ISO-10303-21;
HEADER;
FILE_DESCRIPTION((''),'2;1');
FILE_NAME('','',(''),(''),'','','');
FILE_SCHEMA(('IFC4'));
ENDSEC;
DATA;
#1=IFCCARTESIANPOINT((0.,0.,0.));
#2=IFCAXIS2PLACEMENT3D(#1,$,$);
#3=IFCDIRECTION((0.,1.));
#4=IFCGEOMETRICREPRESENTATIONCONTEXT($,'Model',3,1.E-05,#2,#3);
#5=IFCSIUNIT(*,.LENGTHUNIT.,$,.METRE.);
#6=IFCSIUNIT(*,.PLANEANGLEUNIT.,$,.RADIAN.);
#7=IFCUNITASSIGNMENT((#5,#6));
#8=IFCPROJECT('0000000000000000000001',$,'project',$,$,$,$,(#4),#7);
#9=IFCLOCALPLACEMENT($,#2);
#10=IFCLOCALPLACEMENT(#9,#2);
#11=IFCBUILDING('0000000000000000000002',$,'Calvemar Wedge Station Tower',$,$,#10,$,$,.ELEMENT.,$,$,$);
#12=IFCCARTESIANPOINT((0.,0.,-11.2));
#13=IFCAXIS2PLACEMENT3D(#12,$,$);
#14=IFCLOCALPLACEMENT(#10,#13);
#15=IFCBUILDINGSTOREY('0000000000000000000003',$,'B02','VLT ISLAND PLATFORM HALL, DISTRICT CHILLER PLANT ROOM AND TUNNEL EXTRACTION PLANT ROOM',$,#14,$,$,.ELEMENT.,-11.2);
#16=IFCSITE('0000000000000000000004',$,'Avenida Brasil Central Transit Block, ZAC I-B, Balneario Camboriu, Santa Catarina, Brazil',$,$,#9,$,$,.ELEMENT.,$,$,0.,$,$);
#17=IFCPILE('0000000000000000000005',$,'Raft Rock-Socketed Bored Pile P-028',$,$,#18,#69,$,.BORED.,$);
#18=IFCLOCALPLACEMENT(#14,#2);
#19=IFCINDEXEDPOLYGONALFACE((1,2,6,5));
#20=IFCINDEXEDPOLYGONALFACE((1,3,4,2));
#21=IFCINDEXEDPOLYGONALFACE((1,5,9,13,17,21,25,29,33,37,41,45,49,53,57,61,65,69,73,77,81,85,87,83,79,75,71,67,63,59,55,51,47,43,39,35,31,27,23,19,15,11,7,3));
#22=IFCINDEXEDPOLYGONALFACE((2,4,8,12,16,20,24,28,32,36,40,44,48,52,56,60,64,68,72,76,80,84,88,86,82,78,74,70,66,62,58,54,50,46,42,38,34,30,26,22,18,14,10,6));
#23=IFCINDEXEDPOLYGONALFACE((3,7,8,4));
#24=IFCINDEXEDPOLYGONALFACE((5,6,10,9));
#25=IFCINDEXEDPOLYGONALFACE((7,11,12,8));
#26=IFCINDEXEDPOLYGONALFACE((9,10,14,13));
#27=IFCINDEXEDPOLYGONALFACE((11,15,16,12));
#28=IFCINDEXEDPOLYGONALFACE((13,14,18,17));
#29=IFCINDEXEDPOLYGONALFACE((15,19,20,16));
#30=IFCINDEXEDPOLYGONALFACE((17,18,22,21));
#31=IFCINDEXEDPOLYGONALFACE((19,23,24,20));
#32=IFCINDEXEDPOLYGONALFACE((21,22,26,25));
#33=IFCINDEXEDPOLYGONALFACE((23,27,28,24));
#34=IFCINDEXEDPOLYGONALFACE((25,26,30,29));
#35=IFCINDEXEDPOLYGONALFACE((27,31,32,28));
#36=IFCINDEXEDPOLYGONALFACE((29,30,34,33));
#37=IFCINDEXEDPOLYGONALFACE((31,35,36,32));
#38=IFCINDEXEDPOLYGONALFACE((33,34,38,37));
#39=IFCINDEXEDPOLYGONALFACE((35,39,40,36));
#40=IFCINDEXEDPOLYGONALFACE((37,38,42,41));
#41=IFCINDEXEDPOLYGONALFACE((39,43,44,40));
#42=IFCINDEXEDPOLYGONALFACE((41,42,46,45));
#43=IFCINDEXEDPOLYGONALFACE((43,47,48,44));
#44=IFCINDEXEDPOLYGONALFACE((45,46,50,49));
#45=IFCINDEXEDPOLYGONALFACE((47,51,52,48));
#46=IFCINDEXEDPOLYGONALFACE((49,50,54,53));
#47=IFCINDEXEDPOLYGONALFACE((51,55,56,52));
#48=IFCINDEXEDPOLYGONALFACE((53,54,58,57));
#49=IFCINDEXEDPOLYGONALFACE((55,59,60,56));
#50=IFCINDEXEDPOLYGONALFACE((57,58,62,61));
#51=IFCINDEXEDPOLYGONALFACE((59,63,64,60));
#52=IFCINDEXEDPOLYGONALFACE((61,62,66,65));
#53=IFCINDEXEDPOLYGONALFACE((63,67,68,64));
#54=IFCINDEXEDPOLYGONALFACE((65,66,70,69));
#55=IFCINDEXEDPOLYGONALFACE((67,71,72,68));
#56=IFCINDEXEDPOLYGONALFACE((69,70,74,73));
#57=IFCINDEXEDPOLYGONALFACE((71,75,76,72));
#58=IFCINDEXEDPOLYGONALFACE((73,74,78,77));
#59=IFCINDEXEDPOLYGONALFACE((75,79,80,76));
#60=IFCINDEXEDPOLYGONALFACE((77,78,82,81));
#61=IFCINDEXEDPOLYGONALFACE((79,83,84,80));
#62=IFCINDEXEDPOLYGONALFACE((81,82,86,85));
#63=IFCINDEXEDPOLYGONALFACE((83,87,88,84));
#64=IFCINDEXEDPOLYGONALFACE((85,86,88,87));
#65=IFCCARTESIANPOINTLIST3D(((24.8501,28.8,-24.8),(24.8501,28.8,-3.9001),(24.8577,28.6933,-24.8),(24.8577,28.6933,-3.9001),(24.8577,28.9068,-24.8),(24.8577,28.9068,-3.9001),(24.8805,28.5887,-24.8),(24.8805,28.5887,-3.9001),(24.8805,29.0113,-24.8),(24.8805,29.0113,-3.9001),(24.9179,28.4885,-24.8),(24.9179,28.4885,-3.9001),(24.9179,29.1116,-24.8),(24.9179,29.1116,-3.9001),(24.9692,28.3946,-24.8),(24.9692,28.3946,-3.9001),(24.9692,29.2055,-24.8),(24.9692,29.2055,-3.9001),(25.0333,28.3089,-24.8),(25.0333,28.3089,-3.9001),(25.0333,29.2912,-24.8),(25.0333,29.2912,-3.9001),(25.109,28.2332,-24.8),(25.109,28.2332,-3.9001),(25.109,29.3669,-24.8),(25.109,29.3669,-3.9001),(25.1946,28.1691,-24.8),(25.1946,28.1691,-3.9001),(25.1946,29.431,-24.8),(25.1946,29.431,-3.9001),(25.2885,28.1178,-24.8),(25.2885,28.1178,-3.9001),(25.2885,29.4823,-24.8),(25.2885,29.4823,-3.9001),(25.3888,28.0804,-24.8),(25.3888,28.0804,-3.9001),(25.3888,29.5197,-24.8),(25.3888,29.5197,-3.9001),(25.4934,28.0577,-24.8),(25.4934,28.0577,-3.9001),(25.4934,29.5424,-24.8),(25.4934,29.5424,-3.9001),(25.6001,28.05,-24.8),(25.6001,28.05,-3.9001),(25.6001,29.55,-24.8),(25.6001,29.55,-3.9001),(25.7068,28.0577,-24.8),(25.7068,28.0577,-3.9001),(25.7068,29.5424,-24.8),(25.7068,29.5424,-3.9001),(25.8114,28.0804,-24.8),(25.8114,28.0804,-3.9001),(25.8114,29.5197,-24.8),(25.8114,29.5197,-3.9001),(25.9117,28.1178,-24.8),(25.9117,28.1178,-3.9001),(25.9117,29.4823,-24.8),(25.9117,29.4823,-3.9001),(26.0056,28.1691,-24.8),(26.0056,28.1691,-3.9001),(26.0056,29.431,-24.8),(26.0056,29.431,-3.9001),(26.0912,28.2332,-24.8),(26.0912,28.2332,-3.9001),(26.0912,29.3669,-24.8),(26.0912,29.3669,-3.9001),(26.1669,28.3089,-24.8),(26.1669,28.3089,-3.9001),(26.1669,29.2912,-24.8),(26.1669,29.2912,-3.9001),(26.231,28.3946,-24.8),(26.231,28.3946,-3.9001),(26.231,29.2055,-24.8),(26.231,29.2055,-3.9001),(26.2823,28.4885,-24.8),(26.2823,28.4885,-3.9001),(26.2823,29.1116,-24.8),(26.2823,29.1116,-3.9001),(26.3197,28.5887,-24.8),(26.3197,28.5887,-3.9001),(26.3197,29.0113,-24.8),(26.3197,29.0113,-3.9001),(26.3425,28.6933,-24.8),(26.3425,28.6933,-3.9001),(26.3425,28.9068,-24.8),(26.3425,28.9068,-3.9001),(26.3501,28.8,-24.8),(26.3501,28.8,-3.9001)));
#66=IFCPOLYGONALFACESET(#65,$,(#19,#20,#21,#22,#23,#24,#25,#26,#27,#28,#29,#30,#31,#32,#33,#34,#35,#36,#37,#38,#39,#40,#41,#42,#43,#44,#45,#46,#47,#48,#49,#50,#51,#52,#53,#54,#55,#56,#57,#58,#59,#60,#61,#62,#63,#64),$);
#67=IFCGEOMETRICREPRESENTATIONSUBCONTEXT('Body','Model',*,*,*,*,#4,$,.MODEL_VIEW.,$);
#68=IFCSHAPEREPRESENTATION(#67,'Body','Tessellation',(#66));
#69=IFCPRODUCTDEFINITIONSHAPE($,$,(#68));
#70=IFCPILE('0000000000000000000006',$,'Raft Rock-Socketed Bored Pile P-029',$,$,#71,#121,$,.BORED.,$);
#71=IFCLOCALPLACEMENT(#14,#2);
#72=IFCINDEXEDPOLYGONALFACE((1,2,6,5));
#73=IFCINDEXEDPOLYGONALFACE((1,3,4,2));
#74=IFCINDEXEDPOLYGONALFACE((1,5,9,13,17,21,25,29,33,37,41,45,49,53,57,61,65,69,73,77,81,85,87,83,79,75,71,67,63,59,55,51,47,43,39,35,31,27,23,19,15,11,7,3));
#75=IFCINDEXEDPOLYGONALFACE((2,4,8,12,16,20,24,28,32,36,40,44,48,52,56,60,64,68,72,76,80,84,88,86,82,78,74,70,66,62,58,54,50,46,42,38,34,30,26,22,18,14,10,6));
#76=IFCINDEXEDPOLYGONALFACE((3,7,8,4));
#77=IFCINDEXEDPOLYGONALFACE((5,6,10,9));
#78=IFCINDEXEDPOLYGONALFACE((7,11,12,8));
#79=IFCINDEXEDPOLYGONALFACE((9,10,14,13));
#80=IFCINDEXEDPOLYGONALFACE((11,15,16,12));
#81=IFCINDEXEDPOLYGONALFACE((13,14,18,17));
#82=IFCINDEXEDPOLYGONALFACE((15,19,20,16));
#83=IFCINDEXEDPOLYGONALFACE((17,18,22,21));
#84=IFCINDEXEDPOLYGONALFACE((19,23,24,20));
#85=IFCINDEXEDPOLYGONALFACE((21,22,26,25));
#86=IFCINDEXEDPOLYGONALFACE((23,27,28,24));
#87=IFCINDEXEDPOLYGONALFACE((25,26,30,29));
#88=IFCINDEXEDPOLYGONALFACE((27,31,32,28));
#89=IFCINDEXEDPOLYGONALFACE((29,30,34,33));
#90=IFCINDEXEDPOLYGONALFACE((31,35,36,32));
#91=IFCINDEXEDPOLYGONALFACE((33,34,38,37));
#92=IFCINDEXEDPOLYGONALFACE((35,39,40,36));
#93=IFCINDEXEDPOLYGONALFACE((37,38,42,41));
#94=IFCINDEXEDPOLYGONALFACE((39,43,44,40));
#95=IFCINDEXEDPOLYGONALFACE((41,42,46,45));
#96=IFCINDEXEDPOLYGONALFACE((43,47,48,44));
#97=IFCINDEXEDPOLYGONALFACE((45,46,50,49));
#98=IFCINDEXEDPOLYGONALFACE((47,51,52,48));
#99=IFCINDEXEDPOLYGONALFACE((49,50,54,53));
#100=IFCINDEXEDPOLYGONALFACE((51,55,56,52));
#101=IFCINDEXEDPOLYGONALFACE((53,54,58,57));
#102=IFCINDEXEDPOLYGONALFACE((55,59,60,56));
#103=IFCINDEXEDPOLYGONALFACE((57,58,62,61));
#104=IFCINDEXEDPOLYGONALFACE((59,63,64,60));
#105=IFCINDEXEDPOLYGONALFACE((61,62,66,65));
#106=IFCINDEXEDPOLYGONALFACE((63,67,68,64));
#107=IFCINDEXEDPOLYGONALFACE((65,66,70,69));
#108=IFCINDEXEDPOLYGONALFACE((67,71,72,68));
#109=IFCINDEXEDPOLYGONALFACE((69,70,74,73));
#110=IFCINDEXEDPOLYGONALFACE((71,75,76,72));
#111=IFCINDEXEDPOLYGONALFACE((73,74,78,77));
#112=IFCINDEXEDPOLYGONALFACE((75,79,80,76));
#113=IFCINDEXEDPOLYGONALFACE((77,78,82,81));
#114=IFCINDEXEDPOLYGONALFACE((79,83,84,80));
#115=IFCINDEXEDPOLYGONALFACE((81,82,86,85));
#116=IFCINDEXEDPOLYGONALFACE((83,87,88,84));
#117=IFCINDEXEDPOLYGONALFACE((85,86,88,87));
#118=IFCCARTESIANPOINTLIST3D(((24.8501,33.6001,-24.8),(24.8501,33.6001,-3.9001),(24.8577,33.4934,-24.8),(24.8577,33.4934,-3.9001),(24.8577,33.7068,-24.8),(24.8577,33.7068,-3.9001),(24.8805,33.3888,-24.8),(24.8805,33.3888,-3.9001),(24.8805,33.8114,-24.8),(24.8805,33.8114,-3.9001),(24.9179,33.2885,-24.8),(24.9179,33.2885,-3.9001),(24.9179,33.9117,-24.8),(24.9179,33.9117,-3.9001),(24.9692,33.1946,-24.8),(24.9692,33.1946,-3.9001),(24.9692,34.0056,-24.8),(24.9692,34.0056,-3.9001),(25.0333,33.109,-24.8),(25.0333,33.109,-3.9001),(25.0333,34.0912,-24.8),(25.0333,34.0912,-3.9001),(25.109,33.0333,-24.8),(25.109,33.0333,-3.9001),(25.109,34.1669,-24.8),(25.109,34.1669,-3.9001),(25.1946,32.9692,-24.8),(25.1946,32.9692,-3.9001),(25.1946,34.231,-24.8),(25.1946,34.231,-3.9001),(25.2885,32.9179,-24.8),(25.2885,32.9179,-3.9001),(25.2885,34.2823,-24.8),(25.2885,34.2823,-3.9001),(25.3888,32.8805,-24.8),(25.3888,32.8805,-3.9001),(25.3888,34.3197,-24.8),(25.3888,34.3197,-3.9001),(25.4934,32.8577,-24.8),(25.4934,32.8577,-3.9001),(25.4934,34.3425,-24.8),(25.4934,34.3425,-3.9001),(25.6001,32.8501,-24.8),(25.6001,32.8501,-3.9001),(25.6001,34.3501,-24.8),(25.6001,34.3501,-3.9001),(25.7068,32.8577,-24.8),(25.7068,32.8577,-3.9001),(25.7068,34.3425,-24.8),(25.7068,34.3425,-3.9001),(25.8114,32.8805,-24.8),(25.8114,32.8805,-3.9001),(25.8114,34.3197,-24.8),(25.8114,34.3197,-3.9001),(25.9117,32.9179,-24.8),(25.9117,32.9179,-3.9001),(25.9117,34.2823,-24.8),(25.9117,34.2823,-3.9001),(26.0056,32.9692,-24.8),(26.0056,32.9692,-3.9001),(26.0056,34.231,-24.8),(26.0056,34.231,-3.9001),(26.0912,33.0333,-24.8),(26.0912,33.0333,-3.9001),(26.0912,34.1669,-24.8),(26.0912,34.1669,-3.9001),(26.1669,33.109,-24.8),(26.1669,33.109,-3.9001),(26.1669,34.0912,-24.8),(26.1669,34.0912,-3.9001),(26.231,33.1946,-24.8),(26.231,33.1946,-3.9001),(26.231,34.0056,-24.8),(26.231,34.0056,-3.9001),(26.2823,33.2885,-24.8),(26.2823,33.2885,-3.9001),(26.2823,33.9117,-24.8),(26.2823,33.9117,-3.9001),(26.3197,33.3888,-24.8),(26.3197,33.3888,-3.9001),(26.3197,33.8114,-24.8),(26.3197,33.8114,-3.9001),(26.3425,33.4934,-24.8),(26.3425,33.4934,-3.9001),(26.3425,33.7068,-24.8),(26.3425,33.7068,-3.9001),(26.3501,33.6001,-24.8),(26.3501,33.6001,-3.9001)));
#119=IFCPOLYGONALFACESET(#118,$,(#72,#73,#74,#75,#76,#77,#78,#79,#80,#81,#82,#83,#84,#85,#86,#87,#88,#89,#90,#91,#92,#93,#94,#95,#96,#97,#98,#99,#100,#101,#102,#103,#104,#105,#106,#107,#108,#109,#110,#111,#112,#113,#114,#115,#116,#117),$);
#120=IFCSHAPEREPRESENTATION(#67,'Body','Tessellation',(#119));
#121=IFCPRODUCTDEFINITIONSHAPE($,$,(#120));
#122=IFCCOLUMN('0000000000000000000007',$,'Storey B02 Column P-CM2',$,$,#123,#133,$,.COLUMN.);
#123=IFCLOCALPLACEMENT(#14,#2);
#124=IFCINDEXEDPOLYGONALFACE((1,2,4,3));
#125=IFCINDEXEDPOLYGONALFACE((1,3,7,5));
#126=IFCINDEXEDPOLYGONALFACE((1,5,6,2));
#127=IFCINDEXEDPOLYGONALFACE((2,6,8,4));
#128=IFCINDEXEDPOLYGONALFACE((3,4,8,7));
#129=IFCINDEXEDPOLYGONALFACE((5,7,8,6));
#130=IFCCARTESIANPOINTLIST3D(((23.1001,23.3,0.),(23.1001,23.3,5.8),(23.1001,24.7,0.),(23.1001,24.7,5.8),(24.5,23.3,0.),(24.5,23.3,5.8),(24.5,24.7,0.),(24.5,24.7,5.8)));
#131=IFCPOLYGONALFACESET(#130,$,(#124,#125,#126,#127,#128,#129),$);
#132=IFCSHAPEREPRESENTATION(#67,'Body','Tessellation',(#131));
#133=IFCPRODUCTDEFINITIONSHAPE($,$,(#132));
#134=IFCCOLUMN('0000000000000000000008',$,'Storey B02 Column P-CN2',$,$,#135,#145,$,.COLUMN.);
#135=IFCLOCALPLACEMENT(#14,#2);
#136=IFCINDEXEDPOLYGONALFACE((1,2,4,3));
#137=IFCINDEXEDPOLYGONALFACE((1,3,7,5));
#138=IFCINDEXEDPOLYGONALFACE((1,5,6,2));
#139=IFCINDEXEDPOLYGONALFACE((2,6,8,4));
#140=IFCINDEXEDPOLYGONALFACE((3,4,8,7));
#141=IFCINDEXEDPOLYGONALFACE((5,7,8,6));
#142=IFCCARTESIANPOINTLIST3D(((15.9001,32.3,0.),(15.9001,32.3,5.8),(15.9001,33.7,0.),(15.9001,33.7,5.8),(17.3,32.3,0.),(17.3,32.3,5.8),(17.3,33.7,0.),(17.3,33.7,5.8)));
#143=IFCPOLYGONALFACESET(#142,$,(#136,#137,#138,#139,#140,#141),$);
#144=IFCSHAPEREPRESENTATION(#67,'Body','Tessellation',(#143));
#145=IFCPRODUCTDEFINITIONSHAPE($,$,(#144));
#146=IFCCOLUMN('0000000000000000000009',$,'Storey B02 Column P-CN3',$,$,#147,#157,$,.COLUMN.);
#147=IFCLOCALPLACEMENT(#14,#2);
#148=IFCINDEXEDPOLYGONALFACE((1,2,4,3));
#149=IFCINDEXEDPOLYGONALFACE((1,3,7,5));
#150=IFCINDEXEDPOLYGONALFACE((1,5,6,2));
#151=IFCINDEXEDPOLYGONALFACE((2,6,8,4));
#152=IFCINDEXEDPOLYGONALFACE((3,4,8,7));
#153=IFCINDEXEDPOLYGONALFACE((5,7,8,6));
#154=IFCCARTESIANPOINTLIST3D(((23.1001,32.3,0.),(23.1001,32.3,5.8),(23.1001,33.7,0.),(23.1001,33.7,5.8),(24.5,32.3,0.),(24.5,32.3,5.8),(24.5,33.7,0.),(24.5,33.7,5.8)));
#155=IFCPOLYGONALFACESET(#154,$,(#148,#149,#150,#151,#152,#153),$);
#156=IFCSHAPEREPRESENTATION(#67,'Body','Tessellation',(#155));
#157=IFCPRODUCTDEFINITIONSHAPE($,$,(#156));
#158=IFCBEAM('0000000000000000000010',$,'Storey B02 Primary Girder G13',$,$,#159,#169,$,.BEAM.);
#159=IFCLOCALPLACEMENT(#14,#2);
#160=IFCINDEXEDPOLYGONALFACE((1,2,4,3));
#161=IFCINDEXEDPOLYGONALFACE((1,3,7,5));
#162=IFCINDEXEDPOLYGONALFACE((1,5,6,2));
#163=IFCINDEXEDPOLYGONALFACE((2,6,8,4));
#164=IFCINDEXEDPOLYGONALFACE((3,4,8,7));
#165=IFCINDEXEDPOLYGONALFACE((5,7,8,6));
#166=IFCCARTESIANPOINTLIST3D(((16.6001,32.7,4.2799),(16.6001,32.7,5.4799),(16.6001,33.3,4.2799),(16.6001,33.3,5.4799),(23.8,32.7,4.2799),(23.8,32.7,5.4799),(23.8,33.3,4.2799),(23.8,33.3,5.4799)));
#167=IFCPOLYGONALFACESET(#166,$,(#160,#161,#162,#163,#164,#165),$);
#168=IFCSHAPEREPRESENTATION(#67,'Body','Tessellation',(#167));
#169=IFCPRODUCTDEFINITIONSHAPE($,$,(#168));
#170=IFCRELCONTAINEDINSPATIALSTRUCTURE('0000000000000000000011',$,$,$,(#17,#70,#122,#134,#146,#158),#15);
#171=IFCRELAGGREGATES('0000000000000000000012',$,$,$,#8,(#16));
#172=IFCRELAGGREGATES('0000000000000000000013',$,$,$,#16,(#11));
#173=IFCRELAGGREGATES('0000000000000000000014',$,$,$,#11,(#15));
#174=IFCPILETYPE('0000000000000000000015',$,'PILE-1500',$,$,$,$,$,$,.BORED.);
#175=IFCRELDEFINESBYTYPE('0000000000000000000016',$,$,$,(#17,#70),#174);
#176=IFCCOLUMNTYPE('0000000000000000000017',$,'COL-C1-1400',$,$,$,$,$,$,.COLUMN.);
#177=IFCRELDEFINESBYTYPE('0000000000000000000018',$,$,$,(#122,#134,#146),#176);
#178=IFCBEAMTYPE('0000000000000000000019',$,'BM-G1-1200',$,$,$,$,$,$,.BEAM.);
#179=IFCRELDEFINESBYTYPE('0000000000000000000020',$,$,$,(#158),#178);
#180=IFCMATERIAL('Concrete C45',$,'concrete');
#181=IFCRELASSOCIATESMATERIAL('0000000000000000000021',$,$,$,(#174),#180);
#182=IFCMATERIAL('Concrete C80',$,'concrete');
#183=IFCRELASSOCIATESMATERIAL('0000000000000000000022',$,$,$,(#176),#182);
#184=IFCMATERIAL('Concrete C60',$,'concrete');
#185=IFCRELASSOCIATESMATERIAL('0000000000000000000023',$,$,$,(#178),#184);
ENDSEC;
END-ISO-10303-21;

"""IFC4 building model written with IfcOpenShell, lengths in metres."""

from ifc_helpers import new_model, si_unit, direction, frame, origin, origin_2d, place, context, subcontext, project, spatial, rectangle, circle, extrude, source, transform, mapped, material, material_profile, profile_set, type_object, element, save


model = new_model("IFC4")

# Units and contexts
model_context = context("Model", 3, precision=1e-05, world=origin(), true_north=direction((0.0, 1.0)))
body_context = subcontext(model_context, "Body", "Model", "MODEL_VIEW")
ifc_project = project(units=[si_unit("LENGTHUNIT", "METRE"), si_unit("PLANEANGLEUNIT", "RADIAN")], contexts=[model_context])

# Site, building, storey
site_placement = place(None, origin())
site = spatial("IfcSite", under=ifc_project, at=site_placement, Name="Avenida Brasil Central Transit Block, ZAC I-B, Balneario Camboriu, Santa Catarina, Brazil", CompositionType="ELEMENT", RefElevation=0.0)
building_placement = place(site_placement, origin())
building = spatial("IfcBuilding", under=site, at=building_placement, Name="Calvemar Wedge Station Tower", CompositionType="ELEMENT")
storey_placement = place(building_placement, frame((0.0, 0.0, -11.2)))
storey = spatial("IfcBuildingStorey", under=building, at=storey_placement, Name="B02", Description="VLT ISLAND PLATFORM HALL, DISTRICT CHILLER PLANT ROOM AND TUNNEL EXTRACTION PLANT ROOM", CompositionType="ELEMENT", Elevation=-11.2)

# Piles
ifc_material_1 = material(Name="Concrete C45", Category="concrete")
ifc_material_profile_1 = material_profile(ifc_material_1, circle(Radius=0.75, at=origin_2d()), Name="PILE-D1500")
ifc_profile_set_1 = profile_set([ifc_material_profile_1], Name="Concrete C45")
pile_type = type_object("IfcPileType", Name="PILE-1500", PredefinedType="BORED", material=ifc_profile_set_1)
for number, where, z_axis, x_axis, name in (
    (1, (25.6001, 28.8, -3.9001), (0.0, 0.0, -1.0), (1.0, 0.0, 0.0), "Raft Rock-Socketed Bored Pile P-028"),
    (2, (25.6001, 33.6001, -3.9001), (0.0, 0.0, -1.0), (1.0, 0.0, 0.0), "Raft Rock-Socketed Bored Pile P-029"),
):
    element("IfcPile", number, at=place(storey_placement, frame(where, z_axis=z_axis, x_axis=x_axis)), inside=storey, type_object=pile_type, Name=name, PredefinedType="BORED", context=body_context, shape_type="SweptSolid", body=[
        extrude(circle(Radius=0.75, at=origin_2d()), origin(), (0.0, 0.0, 1.0), 20.8999),
    ])

# Columns
ifc_material_2 = material(Name="Concrete C80", Category="concrete")
ifc_material_profile_2 = material_profile(ifc_material_2, rectangle(XDim=1.3999, YDim=1.3999, at=origin_2d()), Name="RC1400x1400")
ifc_profile_set_2 = profile_set([ifc_material_profile_2], Name="Concrete C80")
column_type = type_object("IfcColumnType", Name="COL-C1-1400", PredefinedType="COLUMN", material=ifc_profile_set_2)
shared_shape_1 = source(origin(), body_context, "Body", "SweptSolid", [
    extrude(rectangle(XDim=1.3999, YDim=1.3999, at=origin_2d()), origin(), (0.0, 0.0, 1.0), 5.8),
])
for number, where, z_axis, x_axis, name in (
    (3, (23.8, 24.0, 0.0), (0.0, 0.0, 1.0), (1.0, 0.0, 0.0), "Storey B02 Column P-CM2"),
    (4, (16.6001, 33.0, 0.0), (0.0, 0.0, 1.0), (1.0, 0.0, 0.0), "Storey B02 Column P-CN2"),
    (5, (23.8, 33.0, 0.0), (0.0, 0.0, 1.0), (1.0, 0.0, 0.0), "Storey B02 Column P-CN3"),
):
    element("IfcColumn", number, at=place(storey_placement, frame(where, z_axis=z_axis, x_axis=x_axis)), inside=storey, type_object=column_type, Name=name, PredefinedType="COLUMN", context=body_context, shape_type="MappedRepresentation", body=[
        mapped(shared_shape_1, transform((0.0, 0.0, 0.0), scale=1.0)),
    ])

# Beam
ifc_material_3 = material(Name="Concrete C60", Category="concrete")
ifc_material_profile_3 = material_profile(ifc_material_3, rectangle(XDim=0.6001, YDim=1.2, at=origin_2d()), Name="RC600x1200")
ifc_profile_set_3 = profile_set([ifc_material_profile_3], Name="Concrete C60")
beam_type_1 = type_object("IfcBeamType", Name="BM-G1-1200", PredefinedType="BEAM", material=ifc_profile_set_3)
shared_shape_2 = source(origin(), body_context, "Body", "SweptSolid", [
    extrude(rectangle(XDim=0.6001, YDim=1.2, at=origin_2d()), origin(), (0.0, 0.0, 1.0), 7.2),
])
beam_1_placement = place(storey_placement, frame((16.6001, 33.0, 4.8799), z_axis=(1.0, 0.0, 0.0), x_axis=(0.0, 1.0, 0.0)))
element("IfcBeam", 6, at=beam_1_placement, inside=storey, type_object=beam_type_1, Name="Storey B02 Primary Girder G13", PredefinedType="BEAM", context=body_context, shape_type="MappedRepresentation", body=[
    mapped(shared_shape_2, transform((0.0, 0.0, 0.0), scale=1.0)),
])

save(model, "model.ifc")
